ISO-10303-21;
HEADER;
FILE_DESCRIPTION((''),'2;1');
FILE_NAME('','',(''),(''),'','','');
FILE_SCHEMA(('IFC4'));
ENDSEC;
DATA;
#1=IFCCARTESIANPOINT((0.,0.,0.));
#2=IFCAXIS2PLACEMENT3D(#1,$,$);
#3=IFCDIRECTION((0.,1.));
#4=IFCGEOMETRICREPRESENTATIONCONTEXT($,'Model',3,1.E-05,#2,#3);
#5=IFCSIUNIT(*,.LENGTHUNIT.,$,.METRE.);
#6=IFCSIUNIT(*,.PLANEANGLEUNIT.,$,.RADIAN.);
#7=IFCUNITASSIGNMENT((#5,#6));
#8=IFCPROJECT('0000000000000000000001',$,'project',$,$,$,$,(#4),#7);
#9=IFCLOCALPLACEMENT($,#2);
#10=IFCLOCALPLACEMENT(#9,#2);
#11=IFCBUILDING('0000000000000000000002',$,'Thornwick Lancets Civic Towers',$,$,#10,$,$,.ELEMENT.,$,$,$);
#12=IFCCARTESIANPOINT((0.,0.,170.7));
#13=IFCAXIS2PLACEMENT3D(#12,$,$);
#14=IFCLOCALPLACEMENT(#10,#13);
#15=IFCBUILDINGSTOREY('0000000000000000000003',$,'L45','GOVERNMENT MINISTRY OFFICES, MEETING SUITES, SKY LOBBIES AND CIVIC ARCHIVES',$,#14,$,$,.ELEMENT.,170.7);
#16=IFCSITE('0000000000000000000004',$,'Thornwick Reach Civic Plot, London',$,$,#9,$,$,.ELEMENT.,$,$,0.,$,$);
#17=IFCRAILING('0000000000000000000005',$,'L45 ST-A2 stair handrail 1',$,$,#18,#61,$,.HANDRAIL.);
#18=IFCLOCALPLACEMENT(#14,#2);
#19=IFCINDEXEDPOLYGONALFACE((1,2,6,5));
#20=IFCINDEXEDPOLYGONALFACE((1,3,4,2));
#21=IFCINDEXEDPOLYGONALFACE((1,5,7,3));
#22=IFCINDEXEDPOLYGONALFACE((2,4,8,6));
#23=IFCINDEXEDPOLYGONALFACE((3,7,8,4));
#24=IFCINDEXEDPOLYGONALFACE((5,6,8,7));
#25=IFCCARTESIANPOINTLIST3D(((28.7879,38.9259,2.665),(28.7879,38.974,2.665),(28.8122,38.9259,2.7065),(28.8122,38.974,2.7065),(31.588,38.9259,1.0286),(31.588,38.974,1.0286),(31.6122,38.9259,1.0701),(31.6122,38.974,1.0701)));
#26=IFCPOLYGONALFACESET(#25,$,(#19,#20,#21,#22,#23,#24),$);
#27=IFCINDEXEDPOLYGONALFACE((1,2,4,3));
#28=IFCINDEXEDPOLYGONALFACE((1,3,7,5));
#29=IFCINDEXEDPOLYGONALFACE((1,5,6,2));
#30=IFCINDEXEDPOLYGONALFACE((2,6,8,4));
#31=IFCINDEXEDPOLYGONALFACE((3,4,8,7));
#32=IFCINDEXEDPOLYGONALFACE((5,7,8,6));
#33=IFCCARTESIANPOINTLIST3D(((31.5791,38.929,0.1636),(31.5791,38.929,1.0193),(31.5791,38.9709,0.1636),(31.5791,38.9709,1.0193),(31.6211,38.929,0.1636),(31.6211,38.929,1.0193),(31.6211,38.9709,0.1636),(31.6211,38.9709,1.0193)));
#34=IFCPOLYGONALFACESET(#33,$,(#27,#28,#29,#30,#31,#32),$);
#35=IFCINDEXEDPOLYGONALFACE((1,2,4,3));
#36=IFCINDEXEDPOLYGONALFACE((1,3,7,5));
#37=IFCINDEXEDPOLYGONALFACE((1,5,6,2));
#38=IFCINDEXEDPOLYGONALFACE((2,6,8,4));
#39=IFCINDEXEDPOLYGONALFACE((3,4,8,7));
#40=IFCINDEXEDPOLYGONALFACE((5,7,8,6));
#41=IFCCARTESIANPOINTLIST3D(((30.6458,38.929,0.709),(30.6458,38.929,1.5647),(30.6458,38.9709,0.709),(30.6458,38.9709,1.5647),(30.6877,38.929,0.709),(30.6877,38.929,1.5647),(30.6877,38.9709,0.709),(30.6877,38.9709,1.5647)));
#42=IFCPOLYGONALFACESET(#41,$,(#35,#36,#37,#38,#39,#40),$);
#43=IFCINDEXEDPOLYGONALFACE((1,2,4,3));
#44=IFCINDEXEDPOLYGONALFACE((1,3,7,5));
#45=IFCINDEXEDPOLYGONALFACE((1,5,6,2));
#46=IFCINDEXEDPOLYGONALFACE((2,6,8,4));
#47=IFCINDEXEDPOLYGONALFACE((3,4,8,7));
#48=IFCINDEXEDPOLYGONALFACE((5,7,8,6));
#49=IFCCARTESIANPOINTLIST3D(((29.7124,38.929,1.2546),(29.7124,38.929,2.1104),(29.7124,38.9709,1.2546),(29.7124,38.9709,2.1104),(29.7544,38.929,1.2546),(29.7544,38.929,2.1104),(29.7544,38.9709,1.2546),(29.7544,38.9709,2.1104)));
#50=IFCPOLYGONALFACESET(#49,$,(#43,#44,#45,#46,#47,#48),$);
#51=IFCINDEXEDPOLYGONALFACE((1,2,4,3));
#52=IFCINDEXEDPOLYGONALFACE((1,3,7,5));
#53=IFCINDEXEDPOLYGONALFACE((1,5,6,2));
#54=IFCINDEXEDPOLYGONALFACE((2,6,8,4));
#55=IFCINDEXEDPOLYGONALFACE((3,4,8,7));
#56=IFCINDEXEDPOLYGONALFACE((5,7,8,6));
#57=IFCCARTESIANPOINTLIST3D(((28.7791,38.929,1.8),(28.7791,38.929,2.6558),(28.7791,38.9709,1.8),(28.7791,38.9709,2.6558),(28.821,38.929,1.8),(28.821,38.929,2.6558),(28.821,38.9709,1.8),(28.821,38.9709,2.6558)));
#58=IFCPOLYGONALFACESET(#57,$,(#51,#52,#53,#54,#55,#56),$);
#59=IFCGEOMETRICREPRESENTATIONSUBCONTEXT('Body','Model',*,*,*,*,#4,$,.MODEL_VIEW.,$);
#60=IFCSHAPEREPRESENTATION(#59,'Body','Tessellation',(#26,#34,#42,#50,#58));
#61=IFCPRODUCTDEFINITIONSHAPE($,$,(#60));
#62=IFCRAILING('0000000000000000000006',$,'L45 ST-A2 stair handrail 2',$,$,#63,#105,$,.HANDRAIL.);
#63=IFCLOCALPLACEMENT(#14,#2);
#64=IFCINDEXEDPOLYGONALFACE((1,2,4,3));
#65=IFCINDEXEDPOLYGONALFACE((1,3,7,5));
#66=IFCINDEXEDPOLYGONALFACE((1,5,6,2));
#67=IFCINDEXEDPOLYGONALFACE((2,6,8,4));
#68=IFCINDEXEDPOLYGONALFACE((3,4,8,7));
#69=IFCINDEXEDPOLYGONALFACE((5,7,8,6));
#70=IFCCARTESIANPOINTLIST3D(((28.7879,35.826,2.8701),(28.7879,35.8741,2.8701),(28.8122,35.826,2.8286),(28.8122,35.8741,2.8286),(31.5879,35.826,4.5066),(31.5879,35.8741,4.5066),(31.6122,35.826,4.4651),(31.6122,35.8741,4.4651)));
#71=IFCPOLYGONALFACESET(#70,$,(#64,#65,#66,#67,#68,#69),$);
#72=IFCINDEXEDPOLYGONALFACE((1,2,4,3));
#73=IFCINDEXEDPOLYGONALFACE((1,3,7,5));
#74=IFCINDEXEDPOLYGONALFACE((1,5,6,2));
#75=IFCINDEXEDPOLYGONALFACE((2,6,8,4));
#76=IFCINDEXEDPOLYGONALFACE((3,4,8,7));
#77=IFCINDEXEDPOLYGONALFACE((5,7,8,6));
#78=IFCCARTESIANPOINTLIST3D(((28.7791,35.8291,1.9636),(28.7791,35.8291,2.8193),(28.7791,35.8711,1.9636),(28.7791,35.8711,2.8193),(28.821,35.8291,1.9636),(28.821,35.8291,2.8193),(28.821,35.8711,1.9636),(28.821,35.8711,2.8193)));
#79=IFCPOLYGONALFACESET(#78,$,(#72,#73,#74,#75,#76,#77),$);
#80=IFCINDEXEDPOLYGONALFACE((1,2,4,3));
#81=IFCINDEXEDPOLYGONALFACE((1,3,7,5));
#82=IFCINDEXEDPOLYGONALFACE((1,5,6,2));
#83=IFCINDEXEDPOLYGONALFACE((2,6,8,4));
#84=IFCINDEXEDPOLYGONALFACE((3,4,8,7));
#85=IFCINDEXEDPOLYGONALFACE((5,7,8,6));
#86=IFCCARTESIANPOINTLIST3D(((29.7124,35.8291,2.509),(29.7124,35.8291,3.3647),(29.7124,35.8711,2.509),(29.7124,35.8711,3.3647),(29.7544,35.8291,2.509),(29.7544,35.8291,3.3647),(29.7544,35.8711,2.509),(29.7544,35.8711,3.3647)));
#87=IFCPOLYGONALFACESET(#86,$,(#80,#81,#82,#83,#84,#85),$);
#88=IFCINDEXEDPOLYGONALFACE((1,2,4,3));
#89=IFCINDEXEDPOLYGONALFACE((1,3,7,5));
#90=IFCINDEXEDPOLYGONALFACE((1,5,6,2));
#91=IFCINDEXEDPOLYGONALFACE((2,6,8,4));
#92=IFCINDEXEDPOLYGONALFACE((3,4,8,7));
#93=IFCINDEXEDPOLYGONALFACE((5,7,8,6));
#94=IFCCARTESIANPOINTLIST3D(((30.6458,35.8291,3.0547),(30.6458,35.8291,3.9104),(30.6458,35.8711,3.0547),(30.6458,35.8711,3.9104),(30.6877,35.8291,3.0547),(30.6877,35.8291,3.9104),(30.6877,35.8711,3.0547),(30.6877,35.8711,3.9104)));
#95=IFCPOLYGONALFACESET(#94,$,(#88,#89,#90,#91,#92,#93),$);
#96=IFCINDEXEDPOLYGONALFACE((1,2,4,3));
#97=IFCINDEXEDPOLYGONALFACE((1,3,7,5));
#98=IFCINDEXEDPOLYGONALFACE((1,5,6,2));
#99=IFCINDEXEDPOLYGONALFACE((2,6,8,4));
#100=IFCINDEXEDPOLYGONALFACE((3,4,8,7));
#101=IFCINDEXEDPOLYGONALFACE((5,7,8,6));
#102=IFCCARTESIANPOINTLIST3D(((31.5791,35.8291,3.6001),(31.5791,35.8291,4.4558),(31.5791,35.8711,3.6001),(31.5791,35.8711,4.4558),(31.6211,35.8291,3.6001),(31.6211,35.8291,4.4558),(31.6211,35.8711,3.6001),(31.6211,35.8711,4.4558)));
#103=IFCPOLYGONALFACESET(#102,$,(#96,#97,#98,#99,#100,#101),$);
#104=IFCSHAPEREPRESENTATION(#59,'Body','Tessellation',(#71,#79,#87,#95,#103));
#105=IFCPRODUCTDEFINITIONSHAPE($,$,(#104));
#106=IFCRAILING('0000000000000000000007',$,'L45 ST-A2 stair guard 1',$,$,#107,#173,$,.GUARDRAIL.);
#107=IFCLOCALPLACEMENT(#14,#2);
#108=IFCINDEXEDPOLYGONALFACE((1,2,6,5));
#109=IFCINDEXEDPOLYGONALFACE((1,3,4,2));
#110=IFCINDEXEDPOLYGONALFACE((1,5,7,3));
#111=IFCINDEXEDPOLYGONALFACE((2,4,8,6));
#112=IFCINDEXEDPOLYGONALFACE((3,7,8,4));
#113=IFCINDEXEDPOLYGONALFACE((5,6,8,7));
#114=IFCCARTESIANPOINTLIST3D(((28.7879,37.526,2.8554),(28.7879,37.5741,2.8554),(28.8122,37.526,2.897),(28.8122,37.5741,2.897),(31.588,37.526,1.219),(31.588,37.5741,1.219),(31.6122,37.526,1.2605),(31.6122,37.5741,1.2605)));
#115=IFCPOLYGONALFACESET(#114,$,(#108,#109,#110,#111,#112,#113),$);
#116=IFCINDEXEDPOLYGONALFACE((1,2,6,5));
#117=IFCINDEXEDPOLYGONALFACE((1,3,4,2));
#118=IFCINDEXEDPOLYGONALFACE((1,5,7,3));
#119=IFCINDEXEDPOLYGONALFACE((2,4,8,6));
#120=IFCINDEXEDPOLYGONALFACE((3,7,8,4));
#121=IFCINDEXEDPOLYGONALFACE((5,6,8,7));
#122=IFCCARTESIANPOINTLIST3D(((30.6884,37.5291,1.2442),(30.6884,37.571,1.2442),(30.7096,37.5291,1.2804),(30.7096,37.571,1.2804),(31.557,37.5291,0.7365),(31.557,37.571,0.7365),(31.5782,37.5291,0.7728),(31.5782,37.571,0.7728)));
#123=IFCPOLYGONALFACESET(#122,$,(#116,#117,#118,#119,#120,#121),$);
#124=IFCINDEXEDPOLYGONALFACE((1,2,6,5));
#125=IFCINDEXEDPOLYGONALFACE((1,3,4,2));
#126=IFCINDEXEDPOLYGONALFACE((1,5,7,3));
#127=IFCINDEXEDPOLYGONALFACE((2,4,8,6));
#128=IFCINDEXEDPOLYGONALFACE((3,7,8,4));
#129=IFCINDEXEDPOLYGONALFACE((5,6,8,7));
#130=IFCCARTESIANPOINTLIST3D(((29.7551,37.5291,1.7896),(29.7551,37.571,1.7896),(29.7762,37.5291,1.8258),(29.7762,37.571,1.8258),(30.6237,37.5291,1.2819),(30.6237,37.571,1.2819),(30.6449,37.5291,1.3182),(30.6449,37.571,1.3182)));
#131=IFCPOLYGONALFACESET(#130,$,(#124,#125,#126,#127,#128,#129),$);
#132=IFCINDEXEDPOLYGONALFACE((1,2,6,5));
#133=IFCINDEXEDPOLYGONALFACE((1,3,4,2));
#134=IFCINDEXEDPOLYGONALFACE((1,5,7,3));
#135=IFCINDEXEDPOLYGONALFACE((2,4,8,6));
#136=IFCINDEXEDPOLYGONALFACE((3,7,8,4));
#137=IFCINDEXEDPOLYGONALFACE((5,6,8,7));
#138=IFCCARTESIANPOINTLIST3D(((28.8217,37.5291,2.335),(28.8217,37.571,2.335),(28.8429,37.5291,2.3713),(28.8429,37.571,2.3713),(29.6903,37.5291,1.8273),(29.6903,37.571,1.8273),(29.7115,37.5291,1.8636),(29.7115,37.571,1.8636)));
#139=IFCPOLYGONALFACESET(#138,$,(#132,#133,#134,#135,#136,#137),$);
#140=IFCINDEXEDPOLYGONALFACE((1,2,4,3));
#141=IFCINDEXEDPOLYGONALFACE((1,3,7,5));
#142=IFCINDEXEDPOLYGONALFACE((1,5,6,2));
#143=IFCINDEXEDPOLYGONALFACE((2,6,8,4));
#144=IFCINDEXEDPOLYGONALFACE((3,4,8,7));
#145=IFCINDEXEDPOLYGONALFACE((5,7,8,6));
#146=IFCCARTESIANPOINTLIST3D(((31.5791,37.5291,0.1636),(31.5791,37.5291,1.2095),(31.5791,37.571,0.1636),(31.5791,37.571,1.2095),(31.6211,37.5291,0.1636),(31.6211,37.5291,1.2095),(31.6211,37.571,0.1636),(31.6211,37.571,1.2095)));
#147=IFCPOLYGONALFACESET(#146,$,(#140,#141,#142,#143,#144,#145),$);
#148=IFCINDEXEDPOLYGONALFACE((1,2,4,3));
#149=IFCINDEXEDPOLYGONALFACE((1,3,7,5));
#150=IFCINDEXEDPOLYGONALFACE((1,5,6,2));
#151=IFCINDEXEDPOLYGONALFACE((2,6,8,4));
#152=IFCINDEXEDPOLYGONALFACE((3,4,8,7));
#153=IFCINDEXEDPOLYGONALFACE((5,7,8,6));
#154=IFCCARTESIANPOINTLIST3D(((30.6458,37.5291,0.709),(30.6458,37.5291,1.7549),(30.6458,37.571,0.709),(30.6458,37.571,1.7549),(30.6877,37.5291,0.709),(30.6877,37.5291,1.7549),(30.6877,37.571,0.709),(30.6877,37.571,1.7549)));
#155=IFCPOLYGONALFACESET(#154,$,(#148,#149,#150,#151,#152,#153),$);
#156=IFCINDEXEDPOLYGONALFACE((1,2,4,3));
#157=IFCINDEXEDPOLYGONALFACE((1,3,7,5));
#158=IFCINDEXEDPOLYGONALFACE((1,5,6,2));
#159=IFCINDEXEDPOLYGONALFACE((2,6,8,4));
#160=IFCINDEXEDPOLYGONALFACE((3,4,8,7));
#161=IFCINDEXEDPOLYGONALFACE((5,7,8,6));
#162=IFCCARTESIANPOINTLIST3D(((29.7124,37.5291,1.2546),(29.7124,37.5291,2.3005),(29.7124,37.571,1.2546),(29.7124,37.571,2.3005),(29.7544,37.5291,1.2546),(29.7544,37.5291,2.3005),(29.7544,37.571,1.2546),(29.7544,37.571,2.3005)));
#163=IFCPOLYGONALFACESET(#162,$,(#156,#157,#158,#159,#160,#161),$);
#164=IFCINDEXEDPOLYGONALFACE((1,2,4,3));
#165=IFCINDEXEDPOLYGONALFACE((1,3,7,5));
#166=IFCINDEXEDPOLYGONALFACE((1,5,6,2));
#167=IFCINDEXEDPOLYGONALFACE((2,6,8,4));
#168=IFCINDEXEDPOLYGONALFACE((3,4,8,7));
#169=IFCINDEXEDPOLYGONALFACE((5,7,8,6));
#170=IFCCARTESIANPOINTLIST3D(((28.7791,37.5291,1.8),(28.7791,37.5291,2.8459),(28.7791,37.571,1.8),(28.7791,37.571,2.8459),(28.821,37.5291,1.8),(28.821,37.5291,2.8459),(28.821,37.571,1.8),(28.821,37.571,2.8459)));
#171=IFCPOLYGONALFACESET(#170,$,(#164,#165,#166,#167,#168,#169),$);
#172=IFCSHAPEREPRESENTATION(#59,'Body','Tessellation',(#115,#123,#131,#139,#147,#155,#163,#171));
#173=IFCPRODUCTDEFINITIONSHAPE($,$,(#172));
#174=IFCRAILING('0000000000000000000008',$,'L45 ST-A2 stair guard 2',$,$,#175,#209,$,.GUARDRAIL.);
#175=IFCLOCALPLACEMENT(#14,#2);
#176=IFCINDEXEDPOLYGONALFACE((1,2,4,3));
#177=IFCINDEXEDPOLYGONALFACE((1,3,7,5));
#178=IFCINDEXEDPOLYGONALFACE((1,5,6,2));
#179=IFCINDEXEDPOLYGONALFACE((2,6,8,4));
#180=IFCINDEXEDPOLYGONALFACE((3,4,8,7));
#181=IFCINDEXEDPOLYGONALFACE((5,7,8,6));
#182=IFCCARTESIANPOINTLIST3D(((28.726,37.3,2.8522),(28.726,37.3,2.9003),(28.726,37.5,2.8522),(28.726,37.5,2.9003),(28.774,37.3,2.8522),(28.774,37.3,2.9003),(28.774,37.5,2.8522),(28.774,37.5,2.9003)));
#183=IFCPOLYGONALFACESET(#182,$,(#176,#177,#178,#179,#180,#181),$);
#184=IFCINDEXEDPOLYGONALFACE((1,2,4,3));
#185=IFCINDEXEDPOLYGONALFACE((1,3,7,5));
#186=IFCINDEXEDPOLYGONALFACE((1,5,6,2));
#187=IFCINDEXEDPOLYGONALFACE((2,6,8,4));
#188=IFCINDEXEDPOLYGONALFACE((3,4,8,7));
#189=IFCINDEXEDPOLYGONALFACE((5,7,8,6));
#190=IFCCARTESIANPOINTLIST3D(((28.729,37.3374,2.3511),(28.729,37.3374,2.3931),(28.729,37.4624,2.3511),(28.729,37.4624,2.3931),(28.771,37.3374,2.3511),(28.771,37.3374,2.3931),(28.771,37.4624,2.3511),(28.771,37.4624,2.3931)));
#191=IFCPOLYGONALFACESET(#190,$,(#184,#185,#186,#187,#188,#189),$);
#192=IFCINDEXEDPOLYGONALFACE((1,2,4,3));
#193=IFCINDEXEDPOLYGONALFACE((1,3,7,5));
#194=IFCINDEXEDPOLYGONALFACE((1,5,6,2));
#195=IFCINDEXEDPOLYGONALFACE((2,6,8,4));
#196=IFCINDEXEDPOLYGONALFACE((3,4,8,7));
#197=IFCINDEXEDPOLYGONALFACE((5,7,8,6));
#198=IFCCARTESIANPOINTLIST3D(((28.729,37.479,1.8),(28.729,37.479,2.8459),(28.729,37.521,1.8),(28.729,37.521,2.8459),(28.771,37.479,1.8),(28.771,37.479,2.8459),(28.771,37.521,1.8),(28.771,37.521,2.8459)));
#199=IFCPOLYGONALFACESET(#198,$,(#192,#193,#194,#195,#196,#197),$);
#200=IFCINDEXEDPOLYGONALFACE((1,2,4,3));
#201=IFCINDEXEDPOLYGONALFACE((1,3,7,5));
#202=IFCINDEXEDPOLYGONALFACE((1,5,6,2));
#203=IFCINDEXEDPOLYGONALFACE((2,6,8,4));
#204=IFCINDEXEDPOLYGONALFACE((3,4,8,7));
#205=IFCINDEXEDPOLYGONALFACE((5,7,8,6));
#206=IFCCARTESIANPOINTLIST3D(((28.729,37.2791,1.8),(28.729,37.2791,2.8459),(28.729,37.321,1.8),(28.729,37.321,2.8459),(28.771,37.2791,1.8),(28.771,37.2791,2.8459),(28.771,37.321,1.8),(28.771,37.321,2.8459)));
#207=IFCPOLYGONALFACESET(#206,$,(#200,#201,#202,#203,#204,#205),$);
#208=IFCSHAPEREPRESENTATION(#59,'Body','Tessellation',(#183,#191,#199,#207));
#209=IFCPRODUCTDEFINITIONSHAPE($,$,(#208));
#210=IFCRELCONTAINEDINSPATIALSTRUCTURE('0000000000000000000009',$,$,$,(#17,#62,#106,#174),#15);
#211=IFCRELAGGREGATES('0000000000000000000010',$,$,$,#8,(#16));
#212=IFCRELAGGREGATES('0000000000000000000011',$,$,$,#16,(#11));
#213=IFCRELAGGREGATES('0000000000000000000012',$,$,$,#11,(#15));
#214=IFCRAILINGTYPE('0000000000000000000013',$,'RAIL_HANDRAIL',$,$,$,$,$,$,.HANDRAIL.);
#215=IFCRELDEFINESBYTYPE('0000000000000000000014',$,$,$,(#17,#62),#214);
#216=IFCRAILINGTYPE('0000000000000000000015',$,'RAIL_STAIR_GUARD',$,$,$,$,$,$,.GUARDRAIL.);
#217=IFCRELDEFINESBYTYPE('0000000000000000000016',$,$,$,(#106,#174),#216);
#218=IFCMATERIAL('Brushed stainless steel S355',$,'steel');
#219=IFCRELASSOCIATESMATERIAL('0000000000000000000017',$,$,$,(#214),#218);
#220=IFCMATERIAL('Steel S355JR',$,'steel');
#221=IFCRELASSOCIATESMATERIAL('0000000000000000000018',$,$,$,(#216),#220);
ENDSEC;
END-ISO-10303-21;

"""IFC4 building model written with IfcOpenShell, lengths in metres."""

from ifc_helpers import new_model, si_unit, direction, frame, origin, origin_2d, place, context, subcontext, project, spatial, rectangle, extrude, material, type_object, element, save


model = new_model("IFC4")

# Units and contexts
model_context = context("Model", 3, precision=1e-05, world=origin(), true_north=direction((0.0, 1.0)))
body_context = subcontext(model_context, "Body", "Model", "MODEL_VIEW")
ifc_project = project(units=[si_unit("LENGTHUNIT", "METRE"), si_unit("PLANEANGLEUNIT", "RADIAN")], contexts=[model_context])

# Site, building, storey
site_placement = place(None, origin())
site = spatial("IfcSite", under=ifc_project, at=site_placement, Name="Thornwick Reach Civic Plot, London", CompositionType="ELEMENT", RefElevation=0.0)
building_placement = place(site_placement, origin())
building = spatial("IfcBuilding", under=site, at=building_placement, Name="Thornwick Lancets Civic Towers", CompositionType="ELEMENT")
storey_placement = place(building_placement, frame((0.0, 0.0, 170.7)))
storey = spatial("IfcBuildingStorey", under=building, at=storey_placement, Name="L45", Description="GOVERNMENT MINISTRY OFFICES, MEETING SUITES, SKY LOBBIES AND CIVIC ARCHIVES", CompositionType="ELEMENT", Elevation=170.7)

# Shared definitions
ifc_material_1 = material(Name="Steel S355JR", Category="steel")

# Railings
ifc_material_2 = material(Name="Brushed stainless steel S355", Category="steel")
railing_type_1 = type_object("IfcRailingType", Name="RAIL_HANDRAIL", PredefinedType="HANDRAIL", material=ifc_material_2)
railing_1_placement = place(storey_placement, frame((31.6001, 38.95, 0.1636)))
element("IfcRailing", 1, at=railing_1_placement, inside=storey, type_object=railing_type_1, Name="L45 ST-A2 stair handrail 1", PredefinedType="HANDRAIL", context=body_context, shape_type="SweptSolid", body=[
    extrude(rectangle(XDim=0.0481, YDim=0.0481, at=origin_2d()), frame((0.0, 0.0, 0.8857), z_axis=(-0.863361, 0.0, 0.504587), x_axis=(0.0, -1.0, 0.0)), (0.0, 0.0, 1.0), 3.2432),
    extrude(rectangle(XDim=0.042, YDim=0.042, at=origin_2d()), origin(), (0.0, 0.0, 1.0), 0.8557),
    extrude(rectangle(XDim=0.042, YDim=0.042, at=origin_2d()), frame((-0.9333, 0.0, 0.5454)), (0.0, 0.0, 1.0), 0.8557),
    extrude(rectangle(XDim=0.042, YDim=0.042, at=origin_2d()), frame((-1.8667, 0.0, 1.0911)), (0.0, 0.0, 1.0), 0.8557),
    extrude(rectangle(XDim=0.042, YDim=0.042, at=origin_2d()), frame((-2.8, 0.0, 1.6365)), (0.0, 0.0, 1.0), 0.8557),
])
railing_2_placement = place(storey_placement, frame((28.8, 35.8501, 1.9636)))
element("IfcRailing", 2, at=railing_2_placement, inside=storey, type_object=railing_type_1, Name="L45 ST-A2 stair handrail 2", PredefinedType="HANDRAIL", context=body_context, shape_type="SweptSolid", body=[
    extrude(rectangle(XDim=0.0481, YDim=0.0481, at=origin_2d()), frame((0.0, 0.0, 0.8857), z_axis=(0.863361, 0.0, 0.504587), x_axis=(0.0, 1.0, 0.0)), (0.0, 0.0, 1.0), 3.2432),
    extrude(rectangle(XDim=0.042, YDim=0.042, at=origin_2d()), origin(), (0.0, 0.0, 1.0), 0.8557),
    extrude(rectangle(XDim=0.042, YDim=0.042, at=origin_2d()), frame((0.9333, 0.0, 0.5454)), (0.0, 0.0, 1.0), 0.8557),
    extrude(rectangle(XDim=0.042, YDim=0.042, at=origin_2d()), frame((1.8667, 0.0, 1.0911)), (0.0, 0.0, 1.0), 0.8557),
    extrude(rectangle(XDim=0.042, YDim=0.042, at=origin_2d()), frame((2.8, 0.0, 1.6365)), (0.0, 0.0, 1.0), 0.8557),
])
railing_type_2 = type_object("IfcRailingType", Name="RAIL_STAIR_GUARD", PredefinedType="GUARDRAIL", material=ifc_material_1)
railing_3_placement = place(storey_placement, frame((31.6001, 37.55, 0.1636)))
element("IfcRailing", 3, at=railing_3_placement, inside=storey, type_object=railing_type_2, Name="L45 ST-A2 stair guard 1", PredefinedType="GUARDRAIL", context=body_context, shape_type="SweptSolid", body=[
    extrude(rectangle(XDim=0.0481, YDim=0.0481, at=origin_2d()), frame((0.0, 0.0, 1.0762), z_axis=(-0.863361, 0.0, 0.504587), x_axis=(0.0, -1.0, 0.0)), (0.0, 0.0, 1.0), 3.2432),
    extrude(rectangle(XDim=0.042, YDim=0.042, at=origin_2d()), frame((-0.0325, 0.0, 0.5911), z_axis=(-0.863361, 0.0, 0.504587), x_axis=(0.0, -1.0, 0.0)), (0.0, 0.0, 1.0), 1.0061),
    extrude(rectangle(XDim=0.042, YDim=0.042, at=origin_2d()), frame((-0.9658, 0.0, 1.1365), z_axis=(-0.863361, 0.0, 0.504587), x_axis=(0.0, -1.0, 0.0)), (0.0, 0.0, 1.0), 1.0061),
    extrude(rectangle(XDim=0.042, YDim=0.042, at=origin_2d()), frame((-1.8992, 0.0, 1.6819), z_axis=(-0.863361, 0.0, 0.504587), x_axis=(0.0, -1.0, 0.0)), (0.0, 0.0, 1.0), 1.0061),
    extrude(rectangle(XDim=0.042, YDim=0.042, at=origin_2d()), origin(), (0.0, 0.0, 1.0), 1.0459),
    extrude(rectangle(XDim=0.042, YDim=0.042, at=origin_2d()), frame((-0.9333, 0.0, 0.5454)), (0.0, 0.0, 1.0), 1.0459),
    extrude(rectangle(XDim=0.042, YDim=0.042, at=origin_2d()), frame((-1.8667, 0.0, 1.0911)), (0.0, 0.0, 1.0), 1.0459),
    extrude(rectangle(XDim=0.042, YDim=0.042, at=origin_2d()), frame((-2.8, 0.0, 1.6365)), (0.0, 0.0, 1.0), 1.0459),
])
railing_4_placement = place(storey_placement, frame((28.75, 37.5, 1.8)))
element("IfcRailing", 4, at=railing_4_placement, inside=storey, type_object=railing_type_2, Name="L45 ST-A2 stair guard 2", PredefinedType="GUARDRAIL", context=body_context, shape_type="SweptSolid", body=[
    extrude(rectangle(XDim=0.0481, YDim=0.0481, at=origin_2d()), frame((0.0, 0.0, 1.0762), z_axis=(0.0, -1.0, 0.0), x_axis=(1.0, 0.0, 0.0)), (0.0, 0.0, 1.0), 0.2),
    extrude(rectangle(XDim=0.042, YDim=0.042, at=origin_2d()), frame((0.0, -0.0376, 0.572), z_axis=(0.0, -1.0, 0.0), x_axis=(1.0, 0.0, 0.0)), (0.0, 0.0, 1.0), 0.125),
    extrude(rectangle(XDim=0.042, YDim=0.042, at=origin_2d()), origin(), (0.0, 0.0, 1.0), 1.0459),
    extrude(rectangle(XDim=0.042, YDim=0.042, at=origin_2d()), frame((0.0, -0.2, 0.0)), (0.0, 0.0, 1.0), 1.0459),
])

save(model, "model.ifc")
